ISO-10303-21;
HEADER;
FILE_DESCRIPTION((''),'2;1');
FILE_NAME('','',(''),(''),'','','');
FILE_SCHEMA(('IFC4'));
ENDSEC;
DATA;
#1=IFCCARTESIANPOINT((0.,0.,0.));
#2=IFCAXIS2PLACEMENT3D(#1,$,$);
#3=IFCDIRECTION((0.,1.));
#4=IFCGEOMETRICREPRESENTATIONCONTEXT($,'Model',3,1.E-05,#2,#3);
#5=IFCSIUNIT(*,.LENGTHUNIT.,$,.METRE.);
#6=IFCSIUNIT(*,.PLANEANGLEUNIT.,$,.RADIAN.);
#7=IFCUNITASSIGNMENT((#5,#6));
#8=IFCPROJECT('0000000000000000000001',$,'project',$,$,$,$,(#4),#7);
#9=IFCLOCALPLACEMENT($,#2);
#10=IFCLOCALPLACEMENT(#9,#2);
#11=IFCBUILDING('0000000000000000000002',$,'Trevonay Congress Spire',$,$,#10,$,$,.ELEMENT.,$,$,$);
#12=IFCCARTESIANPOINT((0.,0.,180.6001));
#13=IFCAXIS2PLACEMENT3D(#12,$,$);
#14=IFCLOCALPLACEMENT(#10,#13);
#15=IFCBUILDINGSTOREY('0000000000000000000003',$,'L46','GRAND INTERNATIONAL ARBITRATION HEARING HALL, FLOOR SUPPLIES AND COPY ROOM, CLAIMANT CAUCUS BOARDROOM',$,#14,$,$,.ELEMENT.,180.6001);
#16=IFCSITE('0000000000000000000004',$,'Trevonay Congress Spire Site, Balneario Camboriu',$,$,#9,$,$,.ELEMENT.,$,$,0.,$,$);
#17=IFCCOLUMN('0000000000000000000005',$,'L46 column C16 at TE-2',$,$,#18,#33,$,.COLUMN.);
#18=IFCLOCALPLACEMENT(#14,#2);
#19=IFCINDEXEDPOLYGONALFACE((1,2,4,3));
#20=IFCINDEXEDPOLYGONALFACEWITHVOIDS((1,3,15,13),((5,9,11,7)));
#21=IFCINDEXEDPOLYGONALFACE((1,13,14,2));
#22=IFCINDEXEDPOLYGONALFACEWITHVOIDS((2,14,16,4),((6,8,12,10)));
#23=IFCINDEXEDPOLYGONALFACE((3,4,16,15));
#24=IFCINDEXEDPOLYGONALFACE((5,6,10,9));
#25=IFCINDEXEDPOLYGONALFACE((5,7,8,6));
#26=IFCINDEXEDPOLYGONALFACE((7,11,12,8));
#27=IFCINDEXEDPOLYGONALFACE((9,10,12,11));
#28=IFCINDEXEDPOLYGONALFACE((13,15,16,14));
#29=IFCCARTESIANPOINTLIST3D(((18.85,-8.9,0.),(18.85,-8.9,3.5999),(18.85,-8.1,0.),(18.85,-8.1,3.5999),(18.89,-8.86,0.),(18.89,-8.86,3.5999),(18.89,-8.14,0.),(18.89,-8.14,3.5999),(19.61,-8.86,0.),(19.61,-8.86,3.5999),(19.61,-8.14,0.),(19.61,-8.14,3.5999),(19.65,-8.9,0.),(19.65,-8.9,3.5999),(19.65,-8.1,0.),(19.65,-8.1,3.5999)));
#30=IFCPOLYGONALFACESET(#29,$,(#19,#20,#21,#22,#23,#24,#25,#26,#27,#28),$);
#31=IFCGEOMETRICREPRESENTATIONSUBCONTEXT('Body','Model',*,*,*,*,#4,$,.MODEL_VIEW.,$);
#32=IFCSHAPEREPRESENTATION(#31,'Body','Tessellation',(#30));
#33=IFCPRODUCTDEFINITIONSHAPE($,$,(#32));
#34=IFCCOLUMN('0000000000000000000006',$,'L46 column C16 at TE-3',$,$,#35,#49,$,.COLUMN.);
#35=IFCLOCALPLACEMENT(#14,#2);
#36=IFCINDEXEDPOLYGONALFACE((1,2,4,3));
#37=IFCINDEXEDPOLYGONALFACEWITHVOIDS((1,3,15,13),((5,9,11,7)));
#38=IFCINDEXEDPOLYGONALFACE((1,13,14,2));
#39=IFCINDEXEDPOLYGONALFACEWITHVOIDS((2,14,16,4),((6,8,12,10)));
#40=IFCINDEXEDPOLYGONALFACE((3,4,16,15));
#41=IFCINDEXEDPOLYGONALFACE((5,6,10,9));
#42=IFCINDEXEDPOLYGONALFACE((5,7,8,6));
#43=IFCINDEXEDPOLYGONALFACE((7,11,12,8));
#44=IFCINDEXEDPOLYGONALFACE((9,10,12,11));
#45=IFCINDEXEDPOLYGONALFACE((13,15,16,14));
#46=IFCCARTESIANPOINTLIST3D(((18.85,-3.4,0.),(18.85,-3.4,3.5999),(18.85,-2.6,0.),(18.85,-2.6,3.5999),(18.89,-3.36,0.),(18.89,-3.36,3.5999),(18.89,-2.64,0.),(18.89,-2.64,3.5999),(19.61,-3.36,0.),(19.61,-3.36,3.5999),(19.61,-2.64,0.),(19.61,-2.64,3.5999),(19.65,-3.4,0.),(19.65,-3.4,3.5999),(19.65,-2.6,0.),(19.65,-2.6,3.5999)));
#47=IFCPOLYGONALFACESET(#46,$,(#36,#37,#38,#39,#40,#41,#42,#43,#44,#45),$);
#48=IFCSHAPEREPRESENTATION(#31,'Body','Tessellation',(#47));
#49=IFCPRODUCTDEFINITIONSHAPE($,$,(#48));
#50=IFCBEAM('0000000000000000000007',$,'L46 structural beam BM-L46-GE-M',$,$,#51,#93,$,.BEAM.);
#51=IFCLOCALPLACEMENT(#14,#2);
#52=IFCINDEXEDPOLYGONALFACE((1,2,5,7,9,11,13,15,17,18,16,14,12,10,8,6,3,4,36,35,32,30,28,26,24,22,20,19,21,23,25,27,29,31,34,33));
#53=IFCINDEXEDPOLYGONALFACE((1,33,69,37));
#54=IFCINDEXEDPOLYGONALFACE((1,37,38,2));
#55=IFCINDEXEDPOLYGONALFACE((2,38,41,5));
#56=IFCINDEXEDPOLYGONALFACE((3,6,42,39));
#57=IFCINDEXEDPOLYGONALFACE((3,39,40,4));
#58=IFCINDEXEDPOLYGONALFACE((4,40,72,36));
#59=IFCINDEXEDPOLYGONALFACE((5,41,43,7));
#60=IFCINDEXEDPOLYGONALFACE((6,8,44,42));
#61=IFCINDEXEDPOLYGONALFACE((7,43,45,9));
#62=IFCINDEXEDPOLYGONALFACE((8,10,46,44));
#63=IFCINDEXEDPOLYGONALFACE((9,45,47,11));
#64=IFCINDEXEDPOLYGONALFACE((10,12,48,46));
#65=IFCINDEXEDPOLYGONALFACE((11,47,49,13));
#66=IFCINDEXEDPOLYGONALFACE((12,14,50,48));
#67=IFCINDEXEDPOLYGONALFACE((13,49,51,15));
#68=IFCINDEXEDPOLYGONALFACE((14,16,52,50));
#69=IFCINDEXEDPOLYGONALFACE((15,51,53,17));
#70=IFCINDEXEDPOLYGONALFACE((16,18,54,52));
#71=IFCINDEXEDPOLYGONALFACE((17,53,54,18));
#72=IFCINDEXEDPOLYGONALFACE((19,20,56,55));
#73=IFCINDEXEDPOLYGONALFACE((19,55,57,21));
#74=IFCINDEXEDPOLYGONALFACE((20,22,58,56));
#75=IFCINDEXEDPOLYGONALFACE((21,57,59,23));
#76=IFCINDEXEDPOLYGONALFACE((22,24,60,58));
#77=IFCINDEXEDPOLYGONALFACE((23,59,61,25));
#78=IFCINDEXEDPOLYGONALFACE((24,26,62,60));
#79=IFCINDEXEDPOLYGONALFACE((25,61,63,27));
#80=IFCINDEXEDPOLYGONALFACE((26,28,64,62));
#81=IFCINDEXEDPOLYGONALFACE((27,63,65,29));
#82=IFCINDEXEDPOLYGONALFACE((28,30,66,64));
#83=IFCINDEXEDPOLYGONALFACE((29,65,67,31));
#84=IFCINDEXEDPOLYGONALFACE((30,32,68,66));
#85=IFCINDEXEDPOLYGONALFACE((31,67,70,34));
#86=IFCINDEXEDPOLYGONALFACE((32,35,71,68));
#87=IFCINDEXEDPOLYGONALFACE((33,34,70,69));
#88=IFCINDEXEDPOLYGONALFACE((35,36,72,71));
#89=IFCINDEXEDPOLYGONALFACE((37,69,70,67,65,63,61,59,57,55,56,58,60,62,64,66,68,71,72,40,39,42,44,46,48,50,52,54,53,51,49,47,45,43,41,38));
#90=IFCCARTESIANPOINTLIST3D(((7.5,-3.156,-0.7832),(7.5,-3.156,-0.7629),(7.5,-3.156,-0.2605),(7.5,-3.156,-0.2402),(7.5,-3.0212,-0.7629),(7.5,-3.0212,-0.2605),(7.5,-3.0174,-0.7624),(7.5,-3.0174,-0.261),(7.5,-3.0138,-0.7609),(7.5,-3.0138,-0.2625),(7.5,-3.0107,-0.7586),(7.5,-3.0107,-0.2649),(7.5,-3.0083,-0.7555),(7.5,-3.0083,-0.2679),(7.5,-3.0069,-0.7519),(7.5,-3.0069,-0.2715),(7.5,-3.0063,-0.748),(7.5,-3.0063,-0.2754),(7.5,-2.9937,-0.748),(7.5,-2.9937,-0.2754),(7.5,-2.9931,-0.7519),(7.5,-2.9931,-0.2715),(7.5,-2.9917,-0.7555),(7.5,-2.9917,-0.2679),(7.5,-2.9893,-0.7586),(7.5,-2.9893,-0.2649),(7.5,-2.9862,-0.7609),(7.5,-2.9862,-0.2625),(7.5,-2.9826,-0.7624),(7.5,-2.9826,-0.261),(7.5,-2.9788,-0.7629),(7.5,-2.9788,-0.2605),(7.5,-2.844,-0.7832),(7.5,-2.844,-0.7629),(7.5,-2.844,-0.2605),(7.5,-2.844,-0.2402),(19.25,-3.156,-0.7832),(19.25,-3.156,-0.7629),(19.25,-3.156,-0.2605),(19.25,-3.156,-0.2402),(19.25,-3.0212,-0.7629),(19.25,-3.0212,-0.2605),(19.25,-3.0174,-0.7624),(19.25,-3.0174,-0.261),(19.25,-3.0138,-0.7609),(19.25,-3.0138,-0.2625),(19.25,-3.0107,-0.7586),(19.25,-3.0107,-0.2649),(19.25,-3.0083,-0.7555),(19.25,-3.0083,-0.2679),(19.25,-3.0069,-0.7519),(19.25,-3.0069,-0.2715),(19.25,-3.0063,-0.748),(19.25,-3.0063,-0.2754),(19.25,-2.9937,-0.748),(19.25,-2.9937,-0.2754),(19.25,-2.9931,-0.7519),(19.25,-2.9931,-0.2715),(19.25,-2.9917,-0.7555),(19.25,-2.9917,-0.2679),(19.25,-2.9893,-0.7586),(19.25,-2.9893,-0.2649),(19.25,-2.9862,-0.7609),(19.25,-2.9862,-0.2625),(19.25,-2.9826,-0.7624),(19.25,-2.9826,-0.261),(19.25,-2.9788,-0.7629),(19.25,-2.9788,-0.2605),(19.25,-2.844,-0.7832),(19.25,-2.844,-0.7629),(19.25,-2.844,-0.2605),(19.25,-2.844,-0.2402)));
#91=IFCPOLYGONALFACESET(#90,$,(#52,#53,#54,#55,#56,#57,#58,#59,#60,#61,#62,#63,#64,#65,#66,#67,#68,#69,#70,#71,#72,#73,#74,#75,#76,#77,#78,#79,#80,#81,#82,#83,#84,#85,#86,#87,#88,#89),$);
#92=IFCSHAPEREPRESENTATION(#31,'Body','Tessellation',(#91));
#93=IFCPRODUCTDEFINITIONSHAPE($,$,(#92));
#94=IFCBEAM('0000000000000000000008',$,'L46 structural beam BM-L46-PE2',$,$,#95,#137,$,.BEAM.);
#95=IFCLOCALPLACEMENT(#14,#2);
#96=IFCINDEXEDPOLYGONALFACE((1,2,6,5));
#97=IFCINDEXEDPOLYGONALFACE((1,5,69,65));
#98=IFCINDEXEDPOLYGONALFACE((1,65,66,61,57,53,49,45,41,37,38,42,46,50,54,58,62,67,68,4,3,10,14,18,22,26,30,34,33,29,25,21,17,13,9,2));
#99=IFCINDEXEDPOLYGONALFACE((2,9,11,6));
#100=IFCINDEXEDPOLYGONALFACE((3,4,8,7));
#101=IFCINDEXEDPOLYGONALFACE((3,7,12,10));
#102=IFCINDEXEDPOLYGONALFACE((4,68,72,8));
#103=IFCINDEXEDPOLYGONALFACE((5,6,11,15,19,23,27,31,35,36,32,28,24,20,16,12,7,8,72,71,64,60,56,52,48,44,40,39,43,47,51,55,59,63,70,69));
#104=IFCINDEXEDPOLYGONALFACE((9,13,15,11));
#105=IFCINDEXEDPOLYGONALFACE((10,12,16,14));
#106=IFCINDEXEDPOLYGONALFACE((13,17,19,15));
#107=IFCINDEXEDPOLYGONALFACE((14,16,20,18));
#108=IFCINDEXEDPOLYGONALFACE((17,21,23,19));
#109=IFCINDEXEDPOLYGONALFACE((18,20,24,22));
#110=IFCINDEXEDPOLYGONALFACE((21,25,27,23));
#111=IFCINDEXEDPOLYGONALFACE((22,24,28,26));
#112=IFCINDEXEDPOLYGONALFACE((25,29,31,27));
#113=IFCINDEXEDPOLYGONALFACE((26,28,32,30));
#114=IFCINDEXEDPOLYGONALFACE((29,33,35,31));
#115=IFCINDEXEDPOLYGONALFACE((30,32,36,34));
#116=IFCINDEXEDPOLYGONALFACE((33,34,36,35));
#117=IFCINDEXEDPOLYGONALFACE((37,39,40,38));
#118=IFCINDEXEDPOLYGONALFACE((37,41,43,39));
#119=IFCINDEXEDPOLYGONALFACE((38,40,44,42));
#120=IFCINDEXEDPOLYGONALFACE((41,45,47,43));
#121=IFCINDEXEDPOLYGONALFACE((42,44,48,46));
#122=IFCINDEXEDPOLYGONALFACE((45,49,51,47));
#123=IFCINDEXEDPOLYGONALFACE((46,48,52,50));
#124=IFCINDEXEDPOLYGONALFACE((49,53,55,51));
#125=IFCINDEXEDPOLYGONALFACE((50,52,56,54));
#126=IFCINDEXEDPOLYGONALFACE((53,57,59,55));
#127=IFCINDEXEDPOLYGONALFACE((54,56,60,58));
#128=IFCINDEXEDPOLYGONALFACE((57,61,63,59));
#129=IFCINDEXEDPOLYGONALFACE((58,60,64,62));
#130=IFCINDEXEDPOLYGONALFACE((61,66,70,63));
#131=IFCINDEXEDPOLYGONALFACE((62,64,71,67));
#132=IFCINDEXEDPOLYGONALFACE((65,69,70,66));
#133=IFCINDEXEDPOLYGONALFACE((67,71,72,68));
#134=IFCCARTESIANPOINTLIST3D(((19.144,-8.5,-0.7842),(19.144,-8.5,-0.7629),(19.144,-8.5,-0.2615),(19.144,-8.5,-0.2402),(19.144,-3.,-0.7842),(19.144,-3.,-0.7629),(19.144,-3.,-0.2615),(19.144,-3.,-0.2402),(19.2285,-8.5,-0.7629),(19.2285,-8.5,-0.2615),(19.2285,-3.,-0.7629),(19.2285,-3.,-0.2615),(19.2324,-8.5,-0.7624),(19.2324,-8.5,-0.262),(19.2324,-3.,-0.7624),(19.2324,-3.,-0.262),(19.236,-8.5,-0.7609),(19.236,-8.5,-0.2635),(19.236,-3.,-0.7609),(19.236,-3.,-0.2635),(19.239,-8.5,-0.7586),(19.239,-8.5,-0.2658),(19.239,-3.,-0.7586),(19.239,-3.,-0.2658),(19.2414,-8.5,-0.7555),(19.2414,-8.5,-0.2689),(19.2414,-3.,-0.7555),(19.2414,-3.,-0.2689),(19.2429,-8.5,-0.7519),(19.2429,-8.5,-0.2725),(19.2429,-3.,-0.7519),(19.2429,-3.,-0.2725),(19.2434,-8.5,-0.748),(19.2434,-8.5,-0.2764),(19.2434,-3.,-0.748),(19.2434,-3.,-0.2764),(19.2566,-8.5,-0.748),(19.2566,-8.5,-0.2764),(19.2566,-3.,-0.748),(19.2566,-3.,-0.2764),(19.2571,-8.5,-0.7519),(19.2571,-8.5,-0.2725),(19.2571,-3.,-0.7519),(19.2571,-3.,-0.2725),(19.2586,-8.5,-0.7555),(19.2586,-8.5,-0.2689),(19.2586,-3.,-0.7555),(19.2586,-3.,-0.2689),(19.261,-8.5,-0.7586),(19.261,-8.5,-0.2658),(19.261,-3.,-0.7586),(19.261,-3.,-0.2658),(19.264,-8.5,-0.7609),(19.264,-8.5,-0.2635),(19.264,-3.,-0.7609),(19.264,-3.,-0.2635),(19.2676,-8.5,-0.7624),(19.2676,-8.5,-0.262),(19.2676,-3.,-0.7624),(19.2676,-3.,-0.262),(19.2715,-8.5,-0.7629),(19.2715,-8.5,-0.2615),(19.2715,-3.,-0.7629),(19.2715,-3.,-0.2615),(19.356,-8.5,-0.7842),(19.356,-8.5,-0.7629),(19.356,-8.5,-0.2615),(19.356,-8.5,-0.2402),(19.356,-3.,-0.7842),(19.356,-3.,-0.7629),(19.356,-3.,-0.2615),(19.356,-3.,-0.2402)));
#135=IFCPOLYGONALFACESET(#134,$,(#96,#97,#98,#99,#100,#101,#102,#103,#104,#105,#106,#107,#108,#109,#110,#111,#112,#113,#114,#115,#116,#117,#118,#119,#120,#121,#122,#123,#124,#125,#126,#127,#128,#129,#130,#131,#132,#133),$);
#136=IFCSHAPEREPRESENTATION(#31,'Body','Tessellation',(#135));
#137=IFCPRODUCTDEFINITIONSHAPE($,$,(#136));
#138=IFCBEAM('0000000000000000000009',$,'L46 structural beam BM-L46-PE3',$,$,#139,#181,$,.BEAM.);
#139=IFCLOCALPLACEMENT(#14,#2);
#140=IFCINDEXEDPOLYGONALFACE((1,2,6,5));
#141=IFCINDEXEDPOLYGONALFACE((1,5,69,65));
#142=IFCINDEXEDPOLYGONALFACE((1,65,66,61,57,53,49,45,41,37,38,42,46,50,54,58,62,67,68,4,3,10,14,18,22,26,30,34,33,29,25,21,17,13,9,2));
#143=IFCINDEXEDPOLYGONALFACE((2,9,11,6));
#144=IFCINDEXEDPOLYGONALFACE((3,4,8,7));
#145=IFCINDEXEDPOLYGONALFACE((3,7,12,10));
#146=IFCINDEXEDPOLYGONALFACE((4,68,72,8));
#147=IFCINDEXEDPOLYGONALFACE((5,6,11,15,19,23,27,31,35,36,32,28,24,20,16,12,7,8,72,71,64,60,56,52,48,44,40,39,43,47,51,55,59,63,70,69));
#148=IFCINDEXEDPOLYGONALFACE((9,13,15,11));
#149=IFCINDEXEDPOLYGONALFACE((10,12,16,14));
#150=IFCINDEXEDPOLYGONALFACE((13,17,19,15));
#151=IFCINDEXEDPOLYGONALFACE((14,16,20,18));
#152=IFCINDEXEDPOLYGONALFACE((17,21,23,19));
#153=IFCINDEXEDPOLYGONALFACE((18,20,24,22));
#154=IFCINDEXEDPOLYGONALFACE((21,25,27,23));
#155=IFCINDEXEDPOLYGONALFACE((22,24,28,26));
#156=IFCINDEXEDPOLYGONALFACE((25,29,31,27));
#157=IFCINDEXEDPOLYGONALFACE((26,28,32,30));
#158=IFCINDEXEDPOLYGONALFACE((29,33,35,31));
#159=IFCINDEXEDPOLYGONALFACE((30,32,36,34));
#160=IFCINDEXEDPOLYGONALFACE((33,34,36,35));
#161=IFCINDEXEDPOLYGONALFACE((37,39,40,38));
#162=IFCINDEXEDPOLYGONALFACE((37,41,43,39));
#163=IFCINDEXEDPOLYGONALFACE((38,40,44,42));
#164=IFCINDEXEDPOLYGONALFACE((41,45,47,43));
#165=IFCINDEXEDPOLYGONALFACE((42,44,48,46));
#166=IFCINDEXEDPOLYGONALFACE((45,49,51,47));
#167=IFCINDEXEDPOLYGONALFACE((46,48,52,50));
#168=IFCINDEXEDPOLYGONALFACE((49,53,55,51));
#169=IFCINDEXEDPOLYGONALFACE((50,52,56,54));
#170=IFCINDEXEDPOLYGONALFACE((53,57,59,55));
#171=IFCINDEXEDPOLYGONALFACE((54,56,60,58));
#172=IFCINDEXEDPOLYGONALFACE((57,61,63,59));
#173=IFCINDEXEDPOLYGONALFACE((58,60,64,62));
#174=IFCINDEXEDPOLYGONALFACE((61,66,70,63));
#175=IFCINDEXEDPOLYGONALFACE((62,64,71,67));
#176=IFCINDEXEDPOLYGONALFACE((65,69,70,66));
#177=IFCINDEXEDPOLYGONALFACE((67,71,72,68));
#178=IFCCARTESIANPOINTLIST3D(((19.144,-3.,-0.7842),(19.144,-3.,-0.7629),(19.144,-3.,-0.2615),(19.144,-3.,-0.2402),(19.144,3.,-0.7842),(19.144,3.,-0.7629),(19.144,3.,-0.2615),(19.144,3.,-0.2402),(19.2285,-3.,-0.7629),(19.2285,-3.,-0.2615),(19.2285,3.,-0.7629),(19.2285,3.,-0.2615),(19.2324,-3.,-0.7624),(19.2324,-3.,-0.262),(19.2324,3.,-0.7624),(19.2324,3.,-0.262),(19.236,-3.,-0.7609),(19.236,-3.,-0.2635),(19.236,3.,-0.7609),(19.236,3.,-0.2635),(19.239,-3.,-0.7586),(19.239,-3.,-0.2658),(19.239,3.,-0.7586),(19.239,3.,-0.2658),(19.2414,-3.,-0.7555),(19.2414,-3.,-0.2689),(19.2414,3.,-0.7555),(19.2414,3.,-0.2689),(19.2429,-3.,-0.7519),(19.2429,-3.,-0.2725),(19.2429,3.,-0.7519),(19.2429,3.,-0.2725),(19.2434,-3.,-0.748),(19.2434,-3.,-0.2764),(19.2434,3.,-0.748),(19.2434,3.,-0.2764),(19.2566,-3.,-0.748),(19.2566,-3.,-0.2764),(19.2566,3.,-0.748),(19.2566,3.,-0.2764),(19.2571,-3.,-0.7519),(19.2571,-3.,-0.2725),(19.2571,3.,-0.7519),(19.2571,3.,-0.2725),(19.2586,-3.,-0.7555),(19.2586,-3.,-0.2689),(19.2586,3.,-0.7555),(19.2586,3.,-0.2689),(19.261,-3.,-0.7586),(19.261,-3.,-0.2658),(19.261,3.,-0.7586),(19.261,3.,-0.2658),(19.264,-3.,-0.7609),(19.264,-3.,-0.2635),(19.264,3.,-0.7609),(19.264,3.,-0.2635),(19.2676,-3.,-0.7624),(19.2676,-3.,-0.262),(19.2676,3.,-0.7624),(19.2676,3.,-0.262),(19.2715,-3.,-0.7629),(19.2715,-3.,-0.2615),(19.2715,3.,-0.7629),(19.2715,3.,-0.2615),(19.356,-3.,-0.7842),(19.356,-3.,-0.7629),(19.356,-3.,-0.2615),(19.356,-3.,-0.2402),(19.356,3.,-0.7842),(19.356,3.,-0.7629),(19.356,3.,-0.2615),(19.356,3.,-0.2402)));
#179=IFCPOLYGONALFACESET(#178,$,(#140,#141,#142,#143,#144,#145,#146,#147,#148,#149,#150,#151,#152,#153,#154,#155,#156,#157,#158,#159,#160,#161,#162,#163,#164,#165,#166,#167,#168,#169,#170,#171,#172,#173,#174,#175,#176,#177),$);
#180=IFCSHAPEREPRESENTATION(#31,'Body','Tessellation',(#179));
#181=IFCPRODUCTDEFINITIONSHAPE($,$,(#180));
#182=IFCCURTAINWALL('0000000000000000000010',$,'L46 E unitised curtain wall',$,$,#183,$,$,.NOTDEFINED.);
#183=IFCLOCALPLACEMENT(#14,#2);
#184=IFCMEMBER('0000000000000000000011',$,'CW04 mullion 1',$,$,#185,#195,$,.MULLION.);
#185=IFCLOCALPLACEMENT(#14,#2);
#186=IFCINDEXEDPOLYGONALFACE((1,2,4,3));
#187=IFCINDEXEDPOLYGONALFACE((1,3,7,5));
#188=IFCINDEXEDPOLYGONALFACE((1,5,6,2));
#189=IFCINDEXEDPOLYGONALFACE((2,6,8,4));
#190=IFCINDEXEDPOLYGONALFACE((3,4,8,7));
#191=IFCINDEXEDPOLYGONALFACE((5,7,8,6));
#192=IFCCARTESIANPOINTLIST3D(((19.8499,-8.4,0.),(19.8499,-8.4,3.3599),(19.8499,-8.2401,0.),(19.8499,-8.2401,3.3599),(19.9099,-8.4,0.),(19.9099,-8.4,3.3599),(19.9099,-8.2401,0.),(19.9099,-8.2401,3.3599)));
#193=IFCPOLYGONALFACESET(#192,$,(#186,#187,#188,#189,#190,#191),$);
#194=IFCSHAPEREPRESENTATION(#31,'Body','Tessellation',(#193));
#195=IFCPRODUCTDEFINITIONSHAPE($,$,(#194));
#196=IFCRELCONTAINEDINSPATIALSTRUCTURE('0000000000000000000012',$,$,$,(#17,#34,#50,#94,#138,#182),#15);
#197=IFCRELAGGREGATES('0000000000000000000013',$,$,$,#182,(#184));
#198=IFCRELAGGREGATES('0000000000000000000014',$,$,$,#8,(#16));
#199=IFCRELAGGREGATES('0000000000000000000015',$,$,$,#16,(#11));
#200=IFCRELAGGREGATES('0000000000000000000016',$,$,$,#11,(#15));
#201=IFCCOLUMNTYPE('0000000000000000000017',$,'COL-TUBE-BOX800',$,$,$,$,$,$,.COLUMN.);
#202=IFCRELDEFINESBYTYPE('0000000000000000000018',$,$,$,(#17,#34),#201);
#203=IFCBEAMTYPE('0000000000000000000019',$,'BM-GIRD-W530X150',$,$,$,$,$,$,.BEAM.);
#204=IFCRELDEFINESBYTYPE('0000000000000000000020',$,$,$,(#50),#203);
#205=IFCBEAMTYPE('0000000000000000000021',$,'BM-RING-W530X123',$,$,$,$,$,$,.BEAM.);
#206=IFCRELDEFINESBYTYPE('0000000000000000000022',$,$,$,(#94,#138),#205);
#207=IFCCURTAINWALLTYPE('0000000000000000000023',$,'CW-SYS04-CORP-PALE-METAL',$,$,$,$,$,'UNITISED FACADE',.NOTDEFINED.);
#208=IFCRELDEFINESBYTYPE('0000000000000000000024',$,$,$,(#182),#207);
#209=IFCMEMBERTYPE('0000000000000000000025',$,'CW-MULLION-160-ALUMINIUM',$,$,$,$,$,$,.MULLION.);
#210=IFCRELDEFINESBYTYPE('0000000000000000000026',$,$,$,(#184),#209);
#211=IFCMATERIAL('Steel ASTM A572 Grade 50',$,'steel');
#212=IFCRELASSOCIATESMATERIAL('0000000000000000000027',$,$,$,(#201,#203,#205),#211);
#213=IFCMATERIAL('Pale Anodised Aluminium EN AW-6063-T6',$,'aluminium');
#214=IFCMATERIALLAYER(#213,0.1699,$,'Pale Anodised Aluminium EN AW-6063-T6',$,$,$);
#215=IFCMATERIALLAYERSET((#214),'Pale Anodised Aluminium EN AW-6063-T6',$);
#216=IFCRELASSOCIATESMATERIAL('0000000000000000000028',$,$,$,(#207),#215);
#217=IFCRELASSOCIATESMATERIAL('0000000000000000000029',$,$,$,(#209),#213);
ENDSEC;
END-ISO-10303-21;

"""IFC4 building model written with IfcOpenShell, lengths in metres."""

from ifc_helpers import new_model, si_unit, direction, frame, origin, origin_2d, place, context, subcontext, project, spatial, rectangle, hollow_rectangle, i_section, extrude, material, layer, layer_set, material_profile, profile_set, type_object, element, aggregate, save


model = new_model("IFC4")

# Units and contexts
model_context = context("Model", 3, precision=1e-05, world=origin(), true_north=direction((0.0, 1.0)))
body_context = subcontext(model_context, "Body", "Model", "MODEL_VIEW")
ifc_project = project(units=[si_unit("LENGTHUNIT", "METRE"), si_unit("PLANEANGLEUNIT", "RADIAN")], contexts=[model_context])

# Site, building, storey
site_placement = place(None, origin())
site = spatial("IfcSite", under=ifc_project, at=site_placement, Name="Trevonay Congress Spire Site, Balneario Camboriu", CompositionType="ELEMENT", RefElevation=0.0)
building_placement = place(site_placement, origin())
building = spatial("IfcBuilding", under=site, at=building_placement, Name="Trevonay Congress Spire", CompositionType="ELEMENT")
storey_placement = place(building_placement, frame((0.0, 0.0, 180.6001)))
storey = spatial("IfcBuildingStorey", under=building, at=storey_placement, Name="L46", Description="GRAND INTERNATIONAL ARBITRATION HEARING HALL, FLOOR SUPPLIES AND COPY ROOM, CLAIMANT CAUCUS BOARDROOM", CompositionType="ELEMENT", Elevation=180.6001)

# Columns
ifc_material_1 = material(Name="Steel ASTM A572 Grade 50", Category="steel")
ifc_material_profile_1 = material_profile(ifc_material_1, hollow_rectangle(XDim=0.8, YDim=0.8, WallThickness=0.04, at=origin_2d()), Name="BOX 800x800x40")
ifc_profile_set_1 = profile_set([ifc_material_profile_1], Name="Steel ASTM A572 Grade 50")
column_type = type_object("IfcColumnType", Name="COL-TUBE-BOX800", PredefinedType="COLUMN", material=ifc_profile_set_1)
for number, where, z_axis, x_axis, name in (
    (1, (19.25, -8.5, 0.0), (0.0, 0.0, 1.0), (1.0, 0.0, 0.0), "L46 column C16 at TE-2"),
    (2, (19.25, -3.0, 0.0), (0.0, 0.0, 1.0), (1.0, 0.0, 0.0), "L46 column C16 at TE-3"),
):
    element("IfcColumn", number, at=place(storey_placement, frame(where, z_axis=z_axis, x_axis=x_axis)), inside=storey, type_object=column_type, Name=name, PredefinedType="COLUMN", context=body_context, shape_type="SweptSolid", body=[
        extrude(hollow_rectangle(XDim=0.8, YDim=0.8, WallThickness=0.04, at=origin_2d()), origin(), (0.0, 0.0, 1.0), 3.5999),
    ])

# Beams
ifc_material_profile_2 = material_profile(ifc_material_1, i_section(OverallWidth=0.312, OverallDepth=0.543, WebThickness=0.0127, FlangeThickness=0.0203, FilletRadius=0.0149, at=origin_2d()), Name="W530x150")
ifc_profile_set_2 = profile_set([ifc_material_profile_2], Name="Steel ASTM A572 Grade 50")
beam_type_1 = type_object("IfcBeamType", Name="BM-GIRD-W530X150", PredefinedType="BEAM", material=ifc_profile_set_2)
beam_1_placement = place(storey_placement, frame((7.5, -3.0, -0.5117), z_axis=(1.0, 0.0, 0.0), x_axis=(0.0, 1.0, 0.0)))
element("IfcBeam", 3, at=beam_1_placement, inside=storey, type_object=beam_type_1, Name="L46 structural beam BM-L46-GE-M", PredefinedType="BEAM", context=body_context, shape_type="SweptSolid", body=[
    extrude(i_section(OverallWidth=0.312, OverallDepth=0.543, WebThickness=0.0127, FlangeThickness=0.0203, FilletRadius=0.0149, at=origin_2d()), origin(), (0.0, 0.0, 1.0), 11.75),
])
ifc_material_profile_3 = material_profile(ifc_material_1, i_section(OverallWidth=0.2119, OverallDepth=0.5439, WebThickness=0.0132, FlangeThickness=0.0212, FilletRadius=0.0149, at=origin_2d()), Name="W530x123")
ifc_profile_set_3 = profile_set([ifc_material_profile_3], Name="Steel ASTM A572 Grade 50")
beam_type_2 = type_object("IfcBeamType", Name="BM-RING-W530X123", PredefinedType="BEAM", material=ifc_profile_set_3)
beam_2_placement = place(storey_placement, frame((19.25, -8.5, -0.5122), z_axis=(0.0, 1.0, 0.0), x_axis=(-1.0, 0.0, 0.0)))
element("IfcBeam", 4, at=beam_2_placement, inside=storey, type_object=beam_type_2, Name="L46 structural beam BM-L46-PE2", PredefinedType="BEAM", context=body_context, shape_type="SweptSolid", body=[
    extrude(i_section(OverallWidth=0.2119, OverallDepth=0.5439, WebThickness=0.0132, FlangeThickness=0.0212, FilletRadius=0.0149, at=origin_2d()), origin(), (0.0, 0.0, 1.0), 5.5),
])
beam_3_placement = place(storey_placement, frame((19.25, -3.0, -0.5122), z_axis=(0.0, 1.0, 0.0), x_axis=(-1.0, 0.0, 0.0)))
element("IfcBeam", 5, at=beam_3_placement, inside=storey, type_object=beam_type_2, Name="L46 structural beam BM-L46-PE3", PredefinedType="BEAM", context=body_context, shape_type="SweptSolid", body=[
    extrude(i_section(OverallWidth=0.2119, OverallDepth=0.5439, WebThickness=0.0132, FlangeThickness=0.0212, FilletRadius=0.0149, at=origin_2d()), origin(), (0.0, 0.0, 1.0), 6.0),
])

# Curtain wall, member
ifc_material_2 = material(Name="Pale Anodised Aluminium EN AW-6063-T6", Category="aluminium")
ifc_layer_1 = layer(ifc_material_2, 0.1699, Name="Pale Anodised Aluminium EN AW-6063-T6")
ifc_layer_set_1 = layer_set([ifc_layer_1], Name="Pale Anodised Aluminium EN AW-6063-T6")
curtain_wall_type = type_object("IfcCurtainWallType", Name="CW-SYS04-CORP-PALE-METAL", ElementType="UNITISED FACADE", PredefinedType="NOTDEFINED", material=ifc_layer_set_1)
curtain_wall_placement = place(storey_placement, origin())
curtain_wall = element("IfcCurtainWall", 6, at=curtain_wall_placement, inside=storey, type_object=curtain_wall_type, Name="L46 E unitised curtain wall", PredefinedType="NOTDEFINED")
ifc_material_profile_4 = material_profile(ifc_material_2, rectangle(XDim=0.0601, YDim=0.1599, at=origin_2d()), Name="CW-MULLION-160-ALUMINIUM")
ifc_profile_set_4 = profile_set([ifc_material_profile_4], Name="Pale Anodised Aluminium EN AW-6063-T6")
member_type_1 = type_object("IfcMemberType", Name="CW-MULLION-160-ALUMINIUM", PredefinedType="MULLION", material=ifc_profile_set_4)
member_1_placement = place(storey_placement, frame((19.8799, -8.3201, 0.0), z_axis=(0.0, 0.0, 1.0), x_axis=(-1.0, 0.0, 0.0)))
member_1 = element("IfcMember", 7, at=member_1_placement, type_object=member_type_1, Name="CW04 mullion 1", PredefinedType="MULLION", context=body_context, shape_type="SweptSolid", body=[
    extrude(rectangle(XDim=0.0601, YDim=0.1599, at=origin_2d()), origin(), (0.0, 0.0, 1.0), 3.3599),
])

aggregate(curtain_wall, [member_1])

save(model, "model.ifc")
